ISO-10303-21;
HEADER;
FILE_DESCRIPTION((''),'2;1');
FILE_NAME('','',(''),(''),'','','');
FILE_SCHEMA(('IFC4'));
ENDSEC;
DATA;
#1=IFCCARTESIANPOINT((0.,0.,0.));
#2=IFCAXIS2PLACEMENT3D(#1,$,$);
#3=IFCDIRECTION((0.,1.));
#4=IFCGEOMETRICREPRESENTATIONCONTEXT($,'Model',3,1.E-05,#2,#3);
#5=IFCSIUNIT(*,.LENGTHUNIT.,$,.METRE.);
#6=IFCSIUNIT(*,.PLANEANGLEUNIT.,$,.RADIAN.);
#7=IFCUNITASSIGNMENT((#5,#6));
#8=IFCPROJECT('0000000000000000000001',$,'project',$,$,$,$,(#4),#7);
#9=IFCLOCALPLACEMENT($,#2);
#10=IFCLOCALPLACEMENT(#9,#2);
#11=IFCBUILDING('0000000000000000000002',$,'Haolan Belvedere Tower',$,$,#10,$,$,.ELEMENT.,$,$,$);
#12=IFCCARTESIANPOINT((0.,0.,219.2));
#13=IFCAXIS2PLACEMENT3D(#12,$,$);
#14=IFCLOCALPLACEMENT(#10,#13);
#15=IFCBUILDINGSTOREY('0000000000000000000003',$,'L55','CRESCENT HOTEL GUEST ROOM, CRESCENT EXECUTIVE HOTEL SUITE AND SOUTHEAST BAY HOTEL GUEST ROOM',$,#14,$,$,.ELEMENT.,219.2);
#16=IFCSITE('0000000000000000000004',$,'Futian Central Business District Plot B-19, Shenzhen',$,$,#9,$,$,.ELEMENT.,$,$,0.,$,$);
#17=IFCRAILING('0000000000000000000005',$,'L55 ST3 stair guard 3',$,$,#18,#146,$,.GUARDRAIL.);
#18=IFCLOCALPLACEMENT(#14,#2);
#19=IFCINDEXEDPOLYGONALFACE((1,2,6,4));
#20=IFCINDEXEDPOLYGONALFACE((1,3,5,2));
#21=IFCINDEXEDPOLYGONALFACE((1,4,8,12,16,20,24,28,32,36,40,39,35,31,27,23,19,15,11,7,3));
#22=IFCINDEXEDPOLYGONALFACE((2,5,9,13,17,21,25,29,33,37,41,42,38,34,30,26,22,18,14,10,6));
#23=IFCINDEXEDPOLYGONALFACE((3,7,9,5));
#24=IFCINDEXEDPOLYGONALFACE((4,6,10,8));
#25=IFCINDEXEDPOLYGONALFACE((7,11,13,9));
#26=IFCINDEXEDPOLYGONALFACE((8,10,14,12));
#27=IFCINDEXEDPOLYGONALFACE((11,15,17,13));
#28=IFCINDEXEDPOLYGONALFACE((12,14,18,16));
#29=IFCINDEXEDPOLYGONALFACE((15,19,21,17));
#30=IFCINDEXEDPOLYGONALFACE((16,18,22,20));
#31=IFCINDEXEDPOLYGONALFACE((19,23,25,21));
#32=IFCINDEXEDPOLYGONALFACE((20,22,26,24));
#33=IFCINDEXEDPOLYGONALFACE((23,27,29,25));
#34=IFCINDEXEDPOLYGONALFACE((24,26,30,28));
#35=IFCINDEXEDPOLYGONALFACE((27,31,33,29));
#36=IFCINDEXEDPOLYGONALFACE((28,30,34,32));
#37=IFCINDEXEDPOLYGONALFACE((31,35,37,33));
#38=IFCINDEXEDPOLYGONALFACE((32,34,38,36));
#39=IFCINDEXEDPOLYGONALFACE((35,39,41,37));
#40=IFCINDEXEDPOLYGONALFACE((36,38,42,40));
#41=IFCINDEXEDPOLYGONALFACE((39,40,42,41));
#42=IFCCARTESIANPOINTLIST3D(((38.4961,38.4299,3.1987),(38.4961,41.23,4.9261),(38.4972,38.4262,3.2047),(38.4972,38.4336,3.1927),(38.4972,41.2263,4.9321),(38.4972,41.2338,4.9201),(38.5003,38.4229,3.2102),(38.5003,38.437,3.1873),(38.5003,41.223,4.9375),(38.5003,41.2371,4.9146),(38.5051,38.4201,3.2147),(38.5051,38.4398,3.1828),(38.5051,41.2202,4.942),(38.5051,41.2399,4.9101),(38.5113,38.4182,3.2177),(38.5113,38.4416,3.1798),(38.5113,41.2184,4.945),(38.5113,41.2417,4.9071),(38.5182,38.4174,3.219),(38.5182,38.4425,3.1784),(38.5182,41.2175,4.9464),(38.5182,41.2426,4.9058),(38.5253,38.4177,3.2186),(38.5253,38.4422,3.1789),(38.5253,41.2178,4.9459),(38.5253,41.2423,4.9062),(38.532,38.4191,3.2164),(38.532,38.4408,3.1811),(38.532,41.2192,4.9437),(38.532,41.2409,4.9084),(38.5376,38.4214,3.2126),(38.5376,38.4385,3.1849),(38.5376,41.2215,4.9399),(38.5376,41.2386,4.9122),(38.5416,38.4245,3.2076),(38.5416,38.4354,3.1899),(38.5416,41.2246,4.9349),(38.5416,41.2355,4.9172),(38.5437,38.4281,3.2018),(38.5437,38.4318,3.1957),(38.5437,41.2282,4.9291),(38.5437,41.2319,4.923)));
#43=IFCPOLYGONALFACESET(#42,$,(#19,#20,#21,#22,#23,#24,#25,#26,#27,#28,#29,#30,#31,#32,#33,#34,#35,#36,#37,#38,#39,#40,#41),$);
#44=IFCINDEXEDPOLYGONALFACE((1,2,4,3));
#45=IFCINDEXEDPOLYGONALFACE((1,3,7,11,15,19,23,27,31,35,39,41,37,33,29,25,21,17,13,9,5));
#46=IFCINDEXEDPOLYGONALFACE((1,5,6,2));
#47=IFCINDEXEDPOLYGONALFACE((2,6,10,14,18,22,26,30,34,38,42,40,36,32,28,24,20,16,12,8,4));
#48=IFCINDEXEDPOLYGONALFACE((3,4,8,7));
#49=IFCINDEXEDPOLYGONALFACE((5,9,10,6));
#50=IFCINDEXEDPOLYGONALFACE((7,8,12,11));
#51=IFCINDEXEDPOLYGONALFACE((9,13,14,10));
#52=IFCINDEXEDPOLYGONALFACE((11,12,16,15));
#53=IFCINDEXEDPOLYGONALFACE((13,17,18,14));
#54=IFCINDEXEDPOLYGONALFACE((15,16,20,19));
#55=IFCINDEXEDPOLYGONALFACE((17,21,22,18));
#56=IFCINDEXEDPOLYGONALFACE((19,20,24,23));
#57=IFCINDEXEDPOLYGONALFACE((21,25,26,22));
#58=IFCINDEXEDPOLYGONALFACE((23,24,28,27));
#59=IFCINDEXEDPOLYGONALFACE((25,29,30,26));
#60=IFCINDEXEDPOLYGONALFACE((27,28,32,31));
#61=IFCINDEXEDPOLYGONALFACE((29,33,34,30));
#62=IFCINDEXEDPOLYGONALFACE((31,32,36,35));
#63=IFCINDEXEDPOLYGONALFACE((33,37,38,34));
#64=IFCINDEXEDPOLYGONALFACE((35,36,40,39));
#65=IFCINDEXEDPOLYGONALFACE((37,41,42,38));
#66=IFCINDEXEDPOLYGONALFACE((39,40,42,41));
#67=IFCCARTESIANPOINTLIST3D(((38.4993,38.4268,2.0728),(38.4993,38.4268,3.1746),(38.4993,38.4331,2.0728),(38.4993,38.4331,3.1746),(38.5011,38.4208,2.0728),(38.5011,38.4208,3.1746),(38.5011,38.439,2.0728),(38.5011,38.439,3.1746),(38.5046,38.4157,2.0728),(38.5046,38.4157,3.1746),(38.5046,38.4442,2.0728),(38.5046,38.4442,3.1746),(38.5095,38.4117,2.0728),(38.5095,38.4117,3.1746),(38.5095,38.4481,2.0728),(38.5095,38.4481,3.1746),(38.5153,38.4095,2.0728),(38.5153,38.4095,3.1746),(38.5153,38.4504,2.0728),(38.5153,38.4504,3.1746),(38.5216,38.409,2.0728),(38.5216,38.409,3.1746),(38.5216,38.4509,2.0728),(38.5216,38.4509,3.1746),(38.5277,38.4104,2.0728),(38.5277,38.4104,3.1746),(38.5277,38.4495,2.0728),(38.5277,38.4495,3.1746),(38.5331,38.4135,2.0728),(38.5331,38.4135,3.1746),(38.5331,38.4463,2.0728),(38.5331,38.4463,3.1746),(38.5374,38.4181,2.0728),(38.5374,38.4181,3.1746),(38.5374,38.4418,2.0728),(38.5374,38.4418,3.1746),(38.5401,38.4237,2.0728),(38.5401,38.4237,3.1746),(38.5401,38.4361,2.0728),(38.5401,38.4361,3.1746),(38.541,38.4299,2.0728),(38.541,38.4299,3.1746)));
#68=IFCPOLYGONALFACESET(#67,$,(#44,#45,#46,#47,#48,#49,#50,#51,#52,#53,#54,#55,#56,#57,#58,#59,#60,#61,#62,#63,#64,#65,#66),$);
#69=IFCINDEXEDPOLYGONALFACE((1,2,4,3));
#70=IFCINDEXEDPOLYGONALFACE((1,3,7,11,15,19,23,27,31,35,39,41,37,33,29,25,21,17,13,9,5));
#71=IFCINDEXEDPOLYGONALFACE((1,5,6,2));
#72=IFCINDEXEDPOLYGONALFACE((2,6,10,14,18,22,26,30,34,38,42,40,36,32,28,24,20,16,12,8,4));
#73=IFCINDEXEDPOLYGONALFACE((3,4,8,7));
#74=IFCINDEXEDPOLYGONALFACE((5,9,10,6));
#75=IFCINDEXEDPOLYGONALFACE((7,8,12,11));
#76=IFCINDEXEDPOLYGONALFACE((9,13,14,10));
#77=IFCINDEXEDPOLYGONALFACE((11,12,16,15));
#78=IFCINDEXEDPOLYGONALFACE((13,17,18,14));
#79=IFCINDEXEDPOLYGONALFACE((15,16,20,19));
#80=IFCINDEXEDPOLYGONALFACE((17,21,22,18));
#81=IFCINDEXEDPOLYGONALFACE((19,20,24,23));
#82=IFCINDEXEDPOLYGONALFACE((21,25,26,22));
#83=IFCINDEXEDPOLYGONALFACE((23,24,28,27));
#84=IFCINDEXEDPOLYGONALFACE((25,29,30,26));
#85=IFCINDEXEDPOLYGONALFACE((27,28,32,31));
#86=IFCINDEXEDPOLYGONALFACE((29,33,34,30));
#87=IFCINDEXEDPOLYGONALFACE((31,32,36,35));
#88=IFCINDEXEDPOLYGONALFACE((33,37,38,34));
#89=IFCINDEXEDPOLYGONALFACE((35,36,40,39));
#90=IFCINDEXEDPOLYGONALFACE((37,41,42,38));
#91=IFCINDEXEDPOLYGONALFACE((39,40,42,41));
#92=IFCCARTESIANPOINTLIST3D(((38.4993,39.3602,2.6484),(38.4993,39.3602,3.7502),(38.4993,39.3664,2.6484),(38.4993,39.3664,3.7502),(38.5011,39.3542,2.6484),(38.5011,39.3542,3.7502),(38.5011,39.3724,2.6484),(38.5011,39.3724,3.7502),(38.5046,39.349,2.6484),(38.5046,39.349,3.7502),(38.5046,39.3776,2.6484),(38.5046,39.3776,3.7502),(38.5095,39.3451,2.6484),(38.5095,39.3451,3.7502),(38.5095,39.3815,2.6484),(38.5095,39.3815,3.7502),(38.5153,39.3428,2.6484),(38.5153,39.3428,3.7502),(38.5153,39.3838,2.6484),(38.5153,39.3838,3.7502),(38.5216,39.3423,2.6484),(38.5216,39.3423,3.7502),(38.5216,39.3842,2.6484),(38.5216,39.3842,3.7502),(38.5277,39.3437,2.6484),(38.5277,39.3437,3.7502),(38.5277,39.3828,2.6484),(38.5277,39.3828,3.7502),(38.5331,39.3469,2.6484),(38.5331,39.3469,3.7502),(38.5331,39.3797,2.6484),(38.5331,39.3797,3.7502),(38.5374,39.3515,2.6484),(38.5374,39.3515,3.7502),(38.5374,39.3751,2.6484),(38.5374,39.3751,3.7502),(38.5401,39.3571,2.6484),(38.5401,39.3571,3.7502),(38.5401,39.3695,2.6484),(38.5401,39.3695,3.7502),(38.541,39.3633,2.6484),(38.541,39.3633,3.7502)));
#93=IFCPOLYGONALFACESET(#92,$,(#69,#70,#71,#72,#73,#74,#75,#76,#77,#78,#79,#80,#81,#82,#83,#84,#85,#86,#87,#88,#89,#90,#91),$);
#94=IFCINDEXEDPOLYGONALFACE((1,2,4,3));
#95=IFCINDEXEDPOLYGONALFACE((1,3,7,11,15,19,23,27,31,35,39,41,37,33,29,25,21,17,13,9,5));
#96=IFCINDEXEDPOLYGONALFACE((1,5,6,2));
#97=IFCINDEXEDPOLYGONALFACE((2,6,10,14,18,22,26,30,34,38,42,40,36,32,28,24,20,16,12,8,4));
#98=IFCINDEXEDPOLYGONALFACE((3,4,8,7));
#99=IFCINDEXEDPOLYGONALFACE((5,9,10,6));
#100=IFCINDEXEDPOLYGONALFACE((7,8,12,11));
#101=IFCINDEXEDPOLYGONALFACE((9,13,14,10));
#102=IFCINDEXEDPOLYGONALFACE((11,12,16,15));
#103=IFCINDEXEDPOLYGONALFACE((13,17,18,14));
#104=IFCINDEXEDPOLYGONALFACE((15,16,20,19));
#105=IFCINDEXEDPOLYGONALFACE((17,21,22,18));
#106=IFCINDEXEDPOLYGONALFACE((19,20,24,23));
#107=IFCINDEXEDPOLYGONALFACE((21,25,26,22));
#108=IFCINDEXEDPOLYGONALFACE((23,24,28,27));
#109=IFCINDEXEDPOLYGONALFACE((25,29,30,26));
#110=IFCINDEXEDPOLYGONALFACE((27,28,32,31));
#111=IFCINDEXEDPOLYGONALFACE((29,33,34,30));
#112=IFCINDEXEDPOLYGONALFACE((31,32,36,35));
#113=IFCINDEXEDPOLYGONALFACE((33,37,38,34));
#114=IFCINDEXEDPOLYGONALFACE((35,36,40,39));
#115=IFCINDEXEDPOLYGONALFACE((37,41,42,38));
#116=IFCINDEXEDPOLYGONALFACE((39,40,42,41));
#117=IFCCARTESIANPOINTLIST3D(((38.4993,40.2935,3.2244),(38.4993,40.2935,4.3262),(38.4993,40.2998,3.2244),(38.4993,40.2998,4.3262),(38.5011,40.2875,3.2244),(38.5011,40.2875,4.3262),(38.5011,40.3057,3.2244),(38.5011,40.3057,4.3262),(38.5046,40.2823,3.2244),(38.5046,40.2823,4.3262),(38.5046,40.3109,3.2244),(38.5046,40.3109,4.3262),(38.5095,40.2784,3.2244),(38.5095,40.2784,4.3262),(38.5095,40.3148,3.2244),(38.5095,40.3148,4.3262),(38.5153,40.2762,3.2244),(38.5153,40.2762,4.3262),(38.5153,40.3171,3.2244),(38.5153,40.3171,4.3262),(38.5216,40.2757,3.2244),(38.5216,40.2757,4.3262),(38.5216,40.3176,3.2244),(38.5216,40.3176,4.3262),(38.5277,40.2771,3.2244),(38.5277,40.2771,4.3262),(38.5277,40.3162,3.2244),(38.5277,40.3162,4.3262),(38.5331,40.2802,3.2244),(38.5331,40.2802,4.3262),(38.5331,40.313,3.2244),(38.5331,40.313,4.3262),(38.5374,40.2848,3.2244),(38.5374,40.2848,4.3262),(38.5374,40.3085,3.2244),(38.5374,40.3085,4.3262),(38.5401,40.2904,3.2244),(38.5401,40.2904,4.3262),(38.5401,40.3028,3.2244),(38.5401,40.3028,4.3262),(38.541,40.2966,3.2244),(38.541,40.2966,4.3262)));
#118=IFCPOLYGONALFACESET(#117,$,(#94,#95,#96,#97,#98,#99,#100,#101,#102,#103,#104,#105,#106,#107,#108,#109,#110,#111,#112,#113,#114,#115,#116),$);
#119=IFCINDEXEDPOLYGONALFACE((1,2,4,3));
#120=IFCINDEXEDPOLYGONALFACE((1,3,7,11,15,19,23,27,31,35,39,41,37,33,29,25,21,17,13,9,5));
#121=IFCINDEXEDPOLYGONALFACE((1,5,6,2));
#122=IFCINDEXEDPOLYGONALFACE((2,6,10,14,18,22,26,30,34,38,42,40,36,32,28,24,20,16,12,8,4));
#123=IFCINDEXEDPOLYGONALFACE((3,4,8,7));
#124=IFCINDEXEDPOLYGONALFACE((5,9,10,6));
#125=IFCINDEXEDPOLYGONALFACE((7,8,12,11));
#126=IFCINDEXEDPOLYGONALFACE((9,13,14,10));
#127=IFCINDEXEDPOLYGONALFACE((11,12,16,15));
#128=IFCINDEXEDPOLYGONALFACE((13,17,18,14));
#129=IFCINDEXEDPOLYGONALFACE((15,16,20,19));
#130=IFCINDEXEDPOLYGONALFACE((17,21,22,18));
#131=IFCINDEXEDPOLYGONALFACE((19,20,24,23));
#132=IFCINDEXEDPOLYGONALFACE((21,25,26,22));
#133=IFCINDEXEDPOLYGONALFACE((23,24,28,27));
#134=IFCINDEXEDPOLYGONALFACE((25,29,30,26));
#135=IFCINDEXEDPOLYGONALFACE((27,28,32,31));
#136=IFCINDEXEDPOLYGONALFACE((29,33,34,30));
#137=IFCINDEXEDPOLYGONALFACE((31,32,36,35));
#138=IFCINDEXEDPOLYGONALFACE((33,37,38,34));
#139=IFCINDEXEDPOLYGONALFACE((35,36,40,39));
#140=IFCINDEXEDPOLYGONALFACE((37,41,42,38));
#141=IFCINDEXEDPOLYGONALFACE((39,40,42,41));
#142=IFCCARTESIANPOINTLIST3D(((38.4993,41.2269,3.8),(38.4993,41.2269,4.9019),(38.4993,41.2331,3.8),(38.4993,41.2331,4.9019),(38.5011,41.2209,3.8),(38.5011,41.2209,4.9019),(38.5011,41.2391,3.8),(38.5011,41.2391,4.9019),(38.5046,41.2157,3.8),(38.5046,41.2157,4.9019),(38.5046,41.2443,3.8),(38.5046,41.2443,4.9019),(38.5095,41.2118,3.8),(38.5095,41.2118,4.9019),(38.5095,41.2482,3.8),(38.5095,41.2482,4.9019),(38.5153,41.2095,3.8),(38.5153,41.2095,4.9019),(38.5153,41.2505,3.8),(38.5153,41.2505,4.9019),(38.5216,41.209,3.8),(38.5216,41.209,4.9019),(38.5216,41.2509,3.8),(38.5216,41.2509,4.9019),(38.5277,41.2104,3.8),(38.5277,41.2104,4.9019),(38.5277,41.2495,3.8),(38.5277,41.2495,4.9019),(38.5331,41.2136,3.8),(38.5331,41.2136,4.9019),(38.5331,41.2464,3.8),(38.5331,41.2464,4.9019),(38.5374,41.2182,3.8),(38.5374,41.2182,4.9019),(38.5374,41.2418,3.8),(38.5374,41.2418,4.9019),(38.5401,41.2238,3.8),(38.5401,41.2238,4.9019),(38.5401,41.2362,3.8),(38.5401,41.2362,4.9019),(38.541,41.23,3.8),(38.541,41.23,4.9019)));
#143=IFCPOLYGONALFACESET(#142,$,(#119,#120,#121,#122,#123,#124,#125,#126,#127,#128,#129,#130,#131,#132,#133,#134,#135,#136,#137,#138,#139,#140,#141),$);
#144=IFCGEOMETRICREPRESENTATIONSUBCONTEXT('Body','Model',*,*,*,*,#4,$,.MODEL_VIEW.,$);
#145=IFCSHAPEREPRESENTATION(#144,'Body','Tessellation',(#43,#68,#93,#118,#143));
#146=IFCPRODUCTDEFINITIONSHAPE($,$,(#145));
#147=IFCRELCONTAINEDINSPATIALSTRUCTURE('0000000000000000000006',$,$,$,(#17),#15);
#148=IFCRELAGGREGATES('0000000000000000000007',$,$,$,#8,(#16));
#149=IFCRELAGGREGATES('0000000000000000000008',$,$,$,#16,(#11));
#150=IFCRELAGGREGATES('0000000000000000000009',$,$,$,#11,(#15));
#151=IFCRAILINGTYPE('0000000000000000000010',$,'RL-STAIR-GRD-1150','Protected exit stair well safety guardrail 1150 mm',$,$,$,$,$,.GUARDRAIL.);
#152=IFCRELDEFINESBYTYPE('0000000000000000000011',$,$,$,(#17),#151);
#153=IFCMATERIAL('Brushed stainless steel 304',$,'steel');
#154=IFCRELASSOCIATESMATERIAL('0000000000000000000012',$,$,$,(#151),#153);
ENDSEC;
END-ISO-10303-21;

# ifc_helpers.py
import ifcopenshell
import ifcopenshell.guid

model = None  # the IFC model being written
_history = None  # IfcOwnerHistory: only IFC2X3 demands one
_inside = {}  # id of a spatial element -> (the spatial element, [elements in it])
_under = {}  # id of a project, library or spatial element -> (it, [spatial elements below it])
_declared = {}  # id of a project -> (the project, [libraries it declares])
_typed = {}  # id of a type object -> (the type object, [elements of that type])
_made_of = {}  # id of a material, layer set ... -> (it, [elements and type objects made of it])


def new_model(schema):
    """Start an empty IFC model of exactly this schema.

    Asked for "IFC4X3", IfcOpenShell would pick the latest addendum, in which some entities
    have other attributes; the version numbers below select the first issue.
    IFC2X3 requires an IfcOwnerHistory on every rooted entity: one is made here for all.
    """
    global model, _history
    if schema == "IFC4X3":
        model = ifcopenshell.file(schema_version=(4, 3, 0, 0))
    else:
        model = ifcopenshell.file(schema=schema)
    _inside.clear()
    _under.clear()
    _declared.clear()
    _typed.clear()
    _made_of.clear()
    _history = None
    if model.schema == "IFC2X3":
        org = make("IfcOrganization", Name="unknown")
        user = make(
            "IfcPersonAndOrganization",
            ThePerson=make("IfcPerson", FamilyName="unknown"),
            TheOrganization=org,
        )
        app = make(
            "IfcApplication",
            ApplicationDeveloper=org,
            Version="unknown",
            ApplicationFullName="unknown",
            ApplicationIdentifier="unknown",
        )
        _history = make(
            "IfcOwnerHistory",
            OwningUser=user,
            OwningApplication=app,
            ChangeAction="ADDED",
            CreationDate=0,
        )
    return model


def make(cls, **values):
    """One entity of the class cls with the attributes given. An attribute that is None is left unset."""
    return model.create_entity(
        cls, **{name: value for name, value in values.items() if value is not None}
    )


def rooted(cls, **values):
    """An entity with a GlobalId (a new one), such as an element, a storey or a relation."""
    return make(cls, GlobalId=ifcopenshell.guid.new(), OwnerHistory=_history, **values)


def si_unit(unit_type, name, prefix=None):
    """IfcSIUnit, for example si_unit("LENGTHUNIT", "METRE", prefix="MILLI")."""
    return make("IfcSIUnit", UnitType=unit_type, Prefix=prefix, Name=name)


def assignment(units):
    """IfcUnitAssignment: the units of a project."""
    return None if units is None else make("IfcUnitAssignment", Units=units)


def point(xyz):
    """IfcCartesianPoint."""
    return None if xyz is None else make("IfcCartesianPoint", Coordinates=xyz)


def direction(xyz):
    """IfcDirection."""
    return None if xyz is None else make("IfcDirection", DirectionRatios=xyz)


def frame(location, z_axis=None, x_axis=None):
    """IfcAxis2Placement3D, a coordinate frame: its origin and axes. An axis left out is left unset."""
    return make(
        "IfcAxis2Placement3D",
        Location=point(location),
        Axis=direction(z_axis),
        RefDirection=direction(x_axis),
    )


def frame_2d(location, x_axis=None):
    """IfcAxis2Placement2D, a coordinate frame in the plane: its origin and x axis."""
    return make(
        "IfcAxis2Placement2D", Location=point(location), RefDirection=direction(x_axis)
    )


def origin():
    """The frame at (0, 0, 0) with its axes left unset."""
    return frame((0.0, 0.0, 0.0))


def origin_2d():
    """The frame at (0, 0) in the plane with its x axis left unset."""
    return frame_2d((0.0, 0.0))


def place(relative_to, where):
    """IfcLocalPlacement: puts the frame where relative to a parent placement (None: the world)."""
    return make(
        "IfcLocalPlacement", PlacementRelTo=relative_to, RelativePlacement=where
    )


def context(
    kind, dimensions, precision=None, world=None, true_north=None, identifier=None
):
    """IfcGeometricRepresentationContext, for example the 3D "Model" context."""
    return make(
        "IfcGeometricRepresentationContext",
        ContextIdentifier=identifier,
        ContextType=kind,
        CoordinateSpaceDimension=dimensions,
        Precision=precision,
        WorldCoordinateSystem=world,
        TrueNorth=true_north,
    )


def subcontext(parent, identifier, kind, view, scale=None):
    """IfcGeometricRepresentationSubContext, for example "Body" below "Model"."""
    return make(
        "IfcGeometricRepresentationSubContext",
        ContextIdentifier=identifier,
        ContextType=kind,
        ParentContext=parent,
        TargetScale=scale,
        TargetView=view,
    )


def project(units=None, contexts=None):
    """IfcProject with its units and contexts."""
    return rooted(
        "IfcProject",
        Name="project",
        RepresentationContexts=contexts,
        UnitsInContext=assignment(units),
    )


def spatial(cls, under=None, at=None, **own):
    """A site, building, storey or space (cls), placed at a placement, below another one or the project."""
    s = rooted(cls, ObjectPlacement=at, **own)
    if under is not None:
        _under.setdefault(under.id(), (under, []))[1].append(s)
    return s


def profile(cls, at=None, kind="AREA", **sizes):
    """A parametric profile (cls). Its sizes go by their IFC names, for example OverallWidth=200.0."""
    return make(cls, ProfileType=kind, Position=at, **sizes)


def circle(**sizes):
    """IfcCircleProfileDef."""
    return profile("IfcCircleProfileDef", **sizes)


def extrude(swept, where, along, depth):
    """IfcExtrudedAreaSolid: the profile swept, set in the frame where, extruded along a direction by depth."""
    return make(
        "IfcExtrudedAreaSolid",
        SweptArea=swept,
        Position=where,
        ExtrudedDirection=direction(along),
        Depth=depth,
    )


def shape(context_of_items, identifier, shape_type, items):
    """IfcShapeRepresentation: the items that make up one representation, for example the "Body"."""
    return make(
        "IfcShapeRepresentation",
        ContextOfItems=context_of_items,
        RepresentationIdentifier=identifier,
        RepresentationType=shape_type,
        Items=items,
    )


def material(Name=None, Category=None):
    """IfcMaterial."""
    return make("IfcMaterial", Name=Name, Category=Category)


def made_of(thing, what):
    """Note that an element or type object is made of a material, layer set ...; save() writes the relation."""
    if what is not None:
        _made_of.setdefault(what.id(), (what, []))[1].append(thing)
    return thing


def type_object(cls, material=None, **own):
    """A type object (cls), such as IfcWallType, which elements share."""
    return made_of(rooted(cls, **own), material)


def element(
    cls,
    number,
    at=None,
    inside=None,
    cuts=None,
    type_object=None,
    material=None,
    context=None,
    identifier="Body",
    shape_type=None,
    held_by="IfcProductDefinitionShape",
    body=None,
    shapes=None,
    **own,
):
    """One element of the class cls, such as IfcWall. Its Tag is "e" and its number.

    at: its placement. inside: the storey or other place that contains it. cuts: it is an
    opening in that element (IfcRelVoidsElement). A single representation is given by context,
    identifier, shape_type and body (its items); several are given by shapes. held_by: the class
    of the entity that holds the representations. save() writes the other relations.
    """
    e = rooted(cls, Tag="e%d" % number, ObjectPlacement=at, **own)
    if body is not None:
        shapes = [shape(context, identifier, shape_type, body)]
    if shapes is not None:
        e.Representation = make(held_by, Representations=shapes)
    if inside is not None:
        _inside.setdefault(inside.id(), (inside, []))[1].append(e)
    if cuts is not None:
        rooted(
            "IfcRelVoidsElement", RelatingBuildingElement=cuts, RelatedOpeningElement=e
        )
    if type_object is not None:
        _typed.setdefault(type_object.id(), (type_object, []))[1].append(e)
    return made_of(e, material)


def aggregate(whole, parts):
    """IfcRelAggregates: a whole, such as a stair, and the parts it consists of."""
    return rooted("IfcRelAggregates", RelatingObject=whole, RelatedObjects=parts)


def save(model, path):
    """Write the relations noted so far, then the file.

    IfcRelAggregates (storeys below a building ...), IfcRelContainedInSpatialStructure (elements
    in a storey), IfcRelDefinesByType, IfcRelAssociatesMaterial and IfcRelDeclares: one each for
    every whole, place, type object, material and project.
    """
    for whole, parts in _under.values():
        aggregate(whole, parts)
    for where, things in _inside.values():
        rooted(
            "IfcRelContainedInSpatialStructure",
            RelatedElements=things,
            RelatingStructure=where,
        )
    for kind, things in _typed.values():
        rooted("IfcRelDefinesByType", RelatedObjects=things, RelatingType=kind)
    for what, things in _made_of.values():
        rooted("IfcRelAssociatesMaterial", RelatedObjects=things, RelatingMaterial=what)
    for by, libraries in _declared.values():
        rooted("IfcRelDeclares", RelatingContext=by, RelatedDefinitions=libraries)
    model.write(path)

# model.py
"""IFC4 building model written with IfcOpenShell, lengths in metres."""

from ifc_helpers import new_model, si_unit, direction, frame, origin, origin_2d, place, context, subcontext, project, spatial, circle, extrude, material, type_object, element, save


model = new_model("IFC4")

# Units and contexts
model_context = context("Model", 3, precision=1e-05, world=origin(), true_north=direction((0.0, 1.0)))
body_context = subcontext(model_context, "Body", "Model", "MODEL_VIEW")
ifc_project = project(units=[si_unit("LENGTHUNIT", "METRE"), si_unit("PLANEANGLEUNIT", "RADIAN")], contexts=[model_context])

# Site, building, storey
site_placement = place(None, origin())
site = spatial("IfcSite", under=ifc_project, at=site_placement, Name="Futian Central Business District Plot B-19, Shenzhen", CompositionType="ELEMENT", RefElevation=0.0)
building_placement = place(site_placement, origin())
building = spatial("IfcBuilding", under=site, at=building_placement, Name="Haolan Belvedere Tower", CompositionType="ELEMENT")
storey_placement = place(building_placement, frame((0.0, 0.0, 219.2)))
storey = spatial("IfcBuildingStorey", under=building, at=storey_placement, Name="L55", Description="CRESCENT HOTEL GUEST ROOM, CRESCENT EXECUTIVE HOTEL SUITE AND SOUTHEAST BAY HOTEL GUEST ROOM", CompositionType="ELEMENT", Elevation=219.2)

# Railing
ifc_material_1 = material(Name="Brushed stainless steel 304", Category="steel")
railing_type_1 = type_object("IfcRailingType", Name="RL-STAIR-GRD-1150", Description="Protected exit stair well safety guardrail 1150 mm", PredefinedType="GUARDRAIL", material=ifc_material_1)
railing_1_placement = place(storey_placement, frame((38.52, 38.4299, 2.0728)))
element("IfcRailing", 1, at=railing_1_placement, inside=storey, type_object=railing_type_1, Name="L55 ST3 stair guard 3", PredefinedType="GUARDRAIL", context=body_context, shape_type="SweptSolid", body=[
    extrude(circle(Radius=0.0239, at=origin_2d()), frame((0.0, 0.0, 1.126), z_axis=(0.0, 0.85109, 0.52502), x_axis=(-1.0, 0.0, 0.0)), (0.0, 0.0, 1.0), 3.29),
    extrude(circle(Radius=0.021, at=origin_2d()), origin(), (0.0, 0.0, 1.0), 1.1018),
    extrude(circle(Radius=0.021, at=origin_2d()), frame((0.0, 0.9333, 0.5757)), (0.0, 0.0, 1.0), 1.1018),
    extrude(circle(Radius=0.021, at=origin_2d()), frame((0.0, 1.8667, 1.1516)), (0.0, 0.0, 1.0), 1.1018),
    extrude(circle(Radius=0.021, at=origin_2d()), frame((0.0, 2.8, 1.7273)), (0.0, 0.0, 1.0), 1.1018),
])

save(model, "model.ifc")
